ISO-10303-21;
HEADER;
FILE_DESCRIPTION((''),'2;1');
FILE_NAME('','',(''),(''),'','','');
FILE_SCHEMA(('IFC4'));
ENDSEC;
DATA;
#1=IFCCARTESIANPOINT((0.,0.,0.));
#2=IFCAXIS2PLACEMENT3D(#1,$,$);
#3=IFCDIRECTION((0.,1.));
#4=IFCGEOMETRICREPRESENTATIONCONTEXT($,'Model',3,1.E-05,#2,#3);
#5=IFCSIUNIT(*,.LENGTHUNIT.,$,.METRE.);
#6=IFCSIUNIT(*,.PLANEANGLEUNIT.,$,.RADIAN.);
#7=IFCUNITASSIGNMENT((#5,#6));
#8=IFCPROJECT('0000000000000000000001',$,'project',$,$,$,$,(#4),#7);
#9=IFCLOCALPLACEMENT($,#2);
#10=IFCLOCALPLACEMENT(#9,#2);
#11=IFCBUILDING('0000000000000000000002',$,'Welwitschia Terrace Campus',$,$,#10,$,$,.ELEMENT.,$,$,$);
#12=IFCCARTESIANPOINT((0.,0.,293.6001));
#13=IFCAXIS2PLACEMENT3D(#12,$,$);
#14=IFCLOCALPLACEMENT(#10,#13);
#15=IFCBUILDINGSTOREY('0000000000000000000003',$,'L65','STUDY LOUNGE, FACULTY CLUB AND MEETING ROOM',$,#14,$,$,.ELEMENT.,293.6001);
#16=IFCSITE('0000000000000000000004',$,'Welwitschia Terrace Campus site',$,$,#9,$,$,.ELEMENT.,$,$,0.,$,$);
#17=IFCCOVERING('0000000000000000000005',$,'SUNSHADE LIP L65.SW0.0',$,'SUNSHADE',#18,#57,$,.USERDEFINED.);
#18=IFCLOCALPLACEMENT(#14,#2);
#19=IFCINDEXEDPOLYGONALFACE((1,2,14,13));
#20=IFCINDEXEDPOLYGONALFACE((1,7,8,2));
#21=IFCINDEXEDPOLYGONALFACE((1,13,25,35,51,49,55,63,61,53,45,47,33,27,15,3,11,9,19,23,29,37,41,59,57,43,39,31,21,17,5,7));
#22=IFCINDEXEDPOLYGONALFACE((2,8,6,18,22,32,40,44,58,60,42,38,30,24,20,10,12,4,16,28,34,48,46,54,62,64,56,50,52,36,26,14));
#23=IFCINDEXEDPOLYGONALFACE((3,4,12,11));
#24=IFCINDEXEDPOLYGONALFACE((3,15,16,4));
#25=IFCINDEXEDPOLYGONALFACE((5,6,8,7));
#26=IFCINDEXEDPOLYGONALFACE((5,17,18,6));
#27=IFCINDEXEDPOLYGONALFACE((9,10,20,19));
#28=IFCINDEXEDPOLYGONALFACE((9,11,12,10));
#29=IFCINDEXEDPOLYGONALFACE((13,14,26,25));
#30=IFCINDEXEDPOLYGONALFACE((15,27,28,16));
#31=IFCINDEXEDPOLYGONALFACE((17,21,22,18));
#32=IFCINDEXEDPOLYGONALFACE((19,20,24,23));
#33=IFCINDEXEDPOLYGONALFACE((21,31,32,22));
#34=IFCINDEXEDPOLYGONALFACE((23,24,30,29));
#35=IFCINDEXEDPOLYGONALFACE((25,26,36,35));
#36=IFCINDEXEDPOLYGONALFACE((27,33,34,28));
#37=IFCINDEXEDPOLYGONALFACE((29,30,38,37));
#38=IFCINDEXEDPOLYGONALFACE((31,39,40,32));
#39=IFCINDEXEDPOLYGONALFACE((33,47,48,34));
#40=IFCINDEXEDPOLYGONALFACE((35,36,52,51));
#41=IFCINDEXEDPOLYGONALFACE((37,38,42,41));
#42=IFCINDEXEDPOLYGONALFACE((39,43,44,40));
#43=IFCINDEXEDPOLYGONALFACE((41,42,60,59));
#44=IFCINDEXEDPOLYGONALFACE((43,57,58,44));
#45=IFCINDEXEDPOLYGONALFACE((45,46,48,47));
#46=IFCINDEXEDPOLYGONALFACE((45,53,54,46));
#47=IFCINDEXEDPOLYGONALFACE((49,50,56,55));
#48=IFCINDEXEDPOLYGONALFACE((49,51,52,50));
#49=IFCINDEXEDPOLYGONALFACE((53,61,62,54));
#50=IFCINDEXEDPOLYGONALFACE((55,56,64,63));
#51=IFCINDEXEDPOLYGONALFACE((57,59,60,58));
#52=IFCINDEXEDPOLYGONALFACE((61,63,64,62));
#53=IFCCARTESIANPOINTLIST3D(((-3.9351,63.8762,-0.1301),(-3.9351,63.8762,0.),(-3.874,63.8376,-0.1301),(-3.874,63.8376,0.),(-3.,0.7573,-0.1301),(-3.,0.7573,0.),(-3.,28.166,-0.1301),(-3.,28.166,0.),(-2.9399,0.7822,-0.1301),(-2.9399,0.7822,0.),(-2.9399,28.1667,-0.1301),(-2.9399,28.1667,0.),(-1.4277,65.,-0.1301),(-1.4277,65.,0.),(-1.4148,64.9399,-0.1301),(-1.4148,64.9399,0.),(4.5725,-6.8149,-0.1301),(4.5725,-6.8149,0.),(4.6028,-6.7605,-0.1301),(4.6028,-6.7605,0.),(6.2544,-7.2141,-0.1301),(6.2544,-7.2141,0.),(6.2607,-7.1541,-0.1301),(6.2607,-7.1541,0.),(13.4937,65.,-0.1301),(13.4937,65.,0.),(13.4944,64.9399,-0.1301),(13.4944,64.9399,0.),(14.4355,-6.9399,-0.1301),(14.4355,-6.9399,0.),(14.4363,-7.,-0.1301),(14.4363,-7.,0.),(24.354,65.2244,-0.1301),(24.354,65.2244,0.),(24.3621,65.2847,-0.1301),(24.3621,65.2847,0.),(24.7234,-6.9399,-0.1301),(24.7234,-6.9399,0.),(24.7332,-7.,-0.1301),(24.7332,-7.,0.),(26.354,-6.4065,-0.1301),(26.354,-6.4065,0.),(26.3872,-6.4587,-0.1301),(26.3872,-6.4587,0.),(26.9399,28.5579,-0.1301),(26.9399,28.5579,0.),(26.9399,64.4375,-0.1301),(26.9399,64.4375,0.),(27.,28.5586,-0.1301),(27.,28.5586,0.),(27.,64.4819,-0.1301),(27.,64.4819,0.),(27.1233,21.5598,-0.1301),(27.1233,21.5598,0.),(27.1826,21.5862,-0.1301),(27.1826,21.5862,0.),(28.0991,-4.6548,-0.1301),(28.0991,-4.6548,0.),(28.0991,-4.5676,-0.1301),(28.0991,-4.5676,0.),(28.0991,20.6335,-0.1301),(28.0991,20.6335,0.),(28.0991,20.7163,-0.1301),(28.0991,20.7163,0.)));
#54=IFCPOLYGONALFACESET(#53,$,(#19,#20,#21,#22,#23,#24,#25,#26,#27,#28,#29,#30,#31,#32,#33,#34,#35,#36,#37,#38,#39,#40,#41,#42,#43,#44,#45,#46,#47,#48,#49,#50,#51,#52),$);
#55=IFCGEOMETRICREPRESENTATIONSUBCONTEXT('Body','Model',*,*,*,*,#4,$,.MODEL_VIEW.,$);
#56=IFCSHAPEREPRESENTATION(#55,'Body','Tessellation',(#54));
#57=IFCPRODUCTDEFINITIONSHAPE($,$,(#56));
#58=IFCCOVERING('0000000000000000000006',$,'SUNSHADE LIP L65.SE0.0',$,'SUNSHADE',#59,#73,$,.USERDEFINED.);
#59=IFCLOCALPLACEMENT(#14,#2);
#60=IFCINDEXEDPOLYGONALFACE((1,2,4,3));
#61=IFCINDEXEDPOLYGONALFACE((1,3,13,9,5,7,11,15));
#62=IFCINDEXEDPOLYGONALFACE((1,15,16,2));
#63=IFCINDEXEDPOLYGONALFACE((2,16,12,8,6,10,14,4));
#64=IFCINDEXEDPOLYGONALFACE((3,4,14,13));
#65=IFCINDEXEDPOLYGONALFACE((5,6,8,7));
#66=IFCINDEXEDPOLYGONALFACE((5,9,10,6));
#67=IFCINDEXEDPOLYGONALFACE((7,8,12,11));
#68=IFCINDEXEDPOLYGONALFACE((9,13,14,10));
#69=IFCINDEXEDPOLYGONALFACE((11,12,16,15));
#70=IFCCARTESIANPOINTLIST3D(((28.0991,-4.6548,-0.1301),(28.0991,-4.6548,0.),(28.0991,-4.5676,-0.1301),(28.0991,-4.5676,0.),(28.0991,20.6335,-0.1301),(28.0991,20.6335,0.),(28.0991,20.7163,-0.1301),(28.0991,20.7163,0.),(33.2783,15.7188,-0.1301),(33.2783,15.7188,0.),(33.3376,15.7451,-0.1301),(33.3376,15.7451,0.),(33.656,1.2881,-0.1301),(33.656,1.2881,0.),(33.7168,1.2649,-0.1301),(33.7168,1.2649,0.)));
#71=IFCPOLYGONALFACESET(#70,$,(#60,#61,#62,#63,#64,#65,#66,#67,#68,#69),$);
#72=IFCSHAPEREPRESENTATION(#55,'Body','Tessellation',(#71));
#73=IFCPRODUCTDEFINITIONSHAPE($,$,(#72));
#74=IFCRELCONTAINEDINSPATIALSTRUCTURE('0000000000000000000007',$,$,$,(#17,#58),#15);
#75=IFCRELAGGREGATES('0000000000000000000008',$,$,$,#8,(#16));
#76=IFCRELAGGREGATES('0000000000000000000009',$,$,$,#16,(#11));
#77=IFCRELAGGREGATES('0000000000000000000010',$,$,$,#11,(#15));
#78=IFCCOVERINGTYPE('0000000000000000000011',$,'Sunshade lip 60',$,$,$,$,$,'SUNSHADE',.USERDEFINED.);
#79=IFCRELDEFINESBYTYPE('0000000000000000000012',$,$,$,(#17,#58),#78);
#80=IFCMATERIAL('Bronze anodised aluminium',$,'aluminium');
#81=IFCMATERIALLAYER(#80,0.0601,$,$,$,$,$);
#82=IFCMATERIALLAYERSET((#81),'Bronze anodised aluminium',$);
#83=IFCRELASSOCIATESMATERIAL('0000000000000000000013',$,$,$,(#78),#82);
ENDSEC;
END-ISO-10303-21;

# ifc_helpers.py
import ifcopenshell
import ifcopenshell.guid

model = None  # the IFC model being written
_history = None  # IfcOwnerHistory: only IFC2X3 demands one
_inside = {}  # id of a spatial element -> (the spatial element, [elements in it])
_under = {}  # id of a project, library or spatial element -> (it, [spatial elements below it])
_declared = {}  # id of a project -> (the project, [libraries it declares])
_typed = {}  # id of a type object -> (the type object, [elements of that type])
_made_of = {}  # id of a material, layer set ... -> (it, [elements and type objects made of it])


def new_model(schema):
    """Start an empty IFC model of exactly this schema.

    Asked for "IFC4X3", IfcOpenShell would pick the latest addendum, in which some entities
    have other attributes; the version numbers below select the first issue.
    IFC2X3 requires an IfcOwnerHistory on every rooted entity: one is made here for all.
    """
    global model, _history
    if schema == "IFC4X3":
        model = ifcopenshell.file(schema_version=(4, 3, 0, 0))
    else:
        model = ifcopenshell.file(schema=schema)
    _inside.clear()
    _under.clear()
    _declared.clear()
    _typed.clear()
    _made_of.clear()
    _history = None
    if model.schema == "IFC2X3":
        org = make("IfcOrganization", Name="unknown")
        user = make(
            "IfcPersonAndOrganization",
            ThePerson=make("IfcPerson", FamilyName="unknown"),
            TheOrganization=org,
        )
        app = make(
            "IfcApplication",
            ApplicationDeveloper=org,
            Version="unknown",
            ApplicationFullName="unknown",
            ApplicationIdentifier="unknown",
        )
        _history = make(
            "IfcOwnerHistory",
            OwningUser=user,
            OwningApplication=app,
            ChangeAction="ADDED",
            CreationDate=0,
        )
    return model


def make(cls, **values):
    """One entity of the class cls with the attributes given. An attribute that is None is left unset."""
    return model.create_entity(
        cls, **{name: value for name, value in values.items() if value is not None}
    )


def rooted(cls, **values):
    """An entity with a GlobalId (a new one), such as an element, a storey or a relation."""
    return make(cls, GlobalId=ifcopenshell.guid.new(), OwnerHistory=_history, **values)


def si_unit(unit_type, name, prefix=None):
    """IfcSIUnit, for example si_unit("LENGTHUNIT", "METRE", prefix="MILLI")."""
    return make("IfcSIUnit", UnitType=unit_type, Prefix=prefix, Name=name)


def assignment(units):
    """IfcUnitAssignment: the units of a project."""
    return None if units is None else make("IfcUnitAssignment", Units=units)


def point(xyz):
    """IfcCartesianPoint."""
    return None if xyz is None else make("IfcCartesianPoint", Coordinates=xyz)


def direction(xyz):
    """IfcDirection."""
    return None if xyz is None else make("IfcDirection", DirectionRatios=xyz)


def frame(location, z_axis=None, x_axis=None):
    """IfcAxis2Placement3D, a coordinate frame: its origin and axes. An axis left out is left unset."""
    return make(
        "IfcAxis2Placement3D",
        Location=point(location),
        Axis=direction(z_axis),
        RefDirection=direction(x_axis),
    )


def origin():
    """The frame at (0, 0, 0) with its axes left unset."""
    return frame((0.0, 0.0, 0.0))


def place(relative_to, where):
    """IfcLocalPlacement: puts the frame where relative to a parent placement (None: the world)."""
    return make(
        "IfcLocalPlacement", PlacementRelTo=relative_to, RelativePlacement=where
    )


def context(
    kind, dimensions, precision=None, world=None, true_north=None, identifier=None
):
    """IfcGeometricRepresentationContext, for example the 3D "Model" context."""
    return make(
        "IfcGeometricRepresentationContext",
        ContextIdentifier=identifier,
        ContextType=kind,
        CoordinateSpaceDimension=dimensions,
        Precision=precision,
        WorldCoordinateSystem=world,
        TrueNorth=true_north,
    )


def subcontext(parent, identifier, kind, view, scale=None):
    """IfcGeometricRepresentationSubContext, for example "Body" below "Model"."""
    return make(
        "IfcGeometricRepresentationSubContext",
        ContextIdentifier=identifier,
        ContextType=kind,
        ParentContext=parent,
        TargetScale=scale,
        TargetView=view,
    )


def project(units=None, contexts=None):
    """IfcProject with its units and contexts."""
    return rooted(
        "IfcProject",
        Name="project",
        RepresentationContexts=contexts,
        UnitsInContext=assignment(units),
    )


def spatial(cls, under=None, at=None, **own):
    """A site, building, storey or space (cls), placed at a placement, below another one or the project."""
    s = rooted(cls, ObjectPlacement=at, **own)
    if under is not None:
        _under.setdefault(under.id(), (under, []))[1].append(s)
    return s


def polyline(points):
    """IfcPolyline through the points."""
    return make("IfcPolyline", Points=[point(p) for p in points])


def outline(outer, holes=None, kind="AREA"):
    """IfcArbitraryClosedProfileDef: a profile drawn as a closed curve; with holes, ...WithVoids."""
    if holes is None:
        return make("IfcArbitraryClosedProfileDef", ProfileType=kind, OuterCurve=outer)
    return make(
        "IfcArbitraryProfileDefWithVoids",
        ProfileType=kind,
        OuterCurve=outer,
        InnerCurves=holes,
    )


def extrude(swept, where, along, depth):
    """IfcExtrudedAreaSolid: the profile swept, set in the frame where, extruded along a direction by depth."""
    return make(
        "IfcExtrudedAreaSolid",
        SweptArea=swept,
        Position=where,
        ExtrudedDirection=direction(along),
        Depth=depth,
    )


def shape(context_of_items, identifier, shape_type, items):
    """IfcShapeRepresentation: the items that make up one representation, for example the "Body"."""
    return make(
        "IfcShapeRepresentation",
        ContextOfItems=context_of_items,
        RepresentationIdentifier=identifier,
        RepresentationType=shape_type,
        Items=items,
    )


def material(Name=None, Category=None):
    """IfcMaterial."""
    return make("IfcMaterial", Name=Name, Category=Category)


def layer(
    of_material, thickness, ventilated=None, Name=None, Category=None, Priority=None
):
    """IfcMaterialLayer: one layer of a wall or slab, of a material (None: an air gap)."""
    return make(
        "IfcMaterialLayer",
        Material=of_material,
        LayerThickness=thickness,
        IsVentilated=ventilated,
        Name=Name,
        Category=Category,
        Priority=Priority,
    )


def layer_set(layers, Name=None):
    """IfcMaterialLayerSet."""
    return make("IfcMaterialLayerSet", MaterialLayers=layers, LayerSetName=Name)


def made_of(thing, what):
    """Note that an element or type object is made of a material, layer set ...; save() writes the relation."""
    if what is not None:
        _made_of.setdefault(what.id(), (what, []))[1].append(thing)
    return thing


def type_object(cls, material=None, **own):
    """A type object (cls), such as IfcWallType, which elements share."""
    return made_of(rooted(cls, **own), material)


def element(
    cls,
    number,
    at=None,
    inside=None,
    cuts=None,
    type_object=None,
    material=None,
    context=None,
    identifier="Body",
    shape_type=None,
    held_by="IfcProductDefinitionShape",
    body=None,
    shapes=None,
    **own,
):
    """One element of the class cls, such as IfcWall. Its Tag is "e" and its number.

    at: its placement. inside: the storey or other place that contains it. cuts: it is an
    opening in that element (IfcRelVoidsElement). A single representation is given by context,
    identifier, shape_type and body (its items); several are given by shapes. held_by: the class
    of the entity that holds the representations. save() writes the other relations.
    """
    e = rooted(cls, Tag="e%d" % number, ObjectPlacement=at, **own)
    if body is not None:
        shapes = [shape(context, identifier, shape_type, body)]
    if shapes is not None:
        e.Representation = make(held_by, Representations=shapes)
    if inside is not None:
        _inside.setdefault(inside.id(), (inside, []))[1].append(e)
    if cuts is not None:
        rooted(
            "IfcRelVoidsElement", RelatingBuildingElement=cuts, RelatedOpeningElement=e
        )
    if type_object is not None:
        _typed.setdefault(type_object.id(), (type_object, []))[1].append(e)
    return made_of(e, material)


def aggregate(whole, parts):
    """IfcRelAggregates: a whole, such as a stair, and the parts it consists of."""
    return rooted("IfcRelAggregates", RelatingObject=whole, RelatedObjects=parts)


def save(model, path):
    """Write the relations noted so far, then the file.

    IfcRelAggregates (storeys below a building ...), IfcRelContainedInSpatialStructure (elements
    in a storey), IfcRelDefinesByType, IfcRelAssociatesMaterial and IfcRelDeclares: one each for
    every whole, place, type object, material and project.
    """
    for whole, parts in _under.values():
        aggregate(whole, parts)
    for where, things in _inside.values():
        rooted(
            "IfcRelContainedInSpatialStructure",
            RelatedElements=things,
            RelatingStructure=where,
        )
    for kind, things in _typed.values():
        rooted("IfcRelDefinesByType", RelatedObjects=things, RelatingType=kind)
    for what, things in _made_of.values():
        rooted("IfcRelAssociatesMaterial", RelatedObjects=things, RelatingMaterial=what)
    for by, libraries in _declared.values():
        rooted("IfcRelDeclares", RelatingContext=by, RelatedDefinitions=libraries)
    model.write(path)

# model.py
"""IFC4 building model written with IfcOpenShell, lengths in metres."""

from ifc_helpers import new_model, si_unit, direction, frame, origin, place, context, subcontext, project, spatial, polyline, outline, extrude, material, layer, layer_set, type_object, element, save


model = new_model("IFC4")

# Units and contexts
model_context = context("Model", 3, precision=1e-05, world=origin(), true_north=direction((0.0, 1.0)))
body_context = subcontext(model_context, "Body", "Model", "MODEL_VIEW")
ifc_project = project(units=[si_unit("LENGTHUNIT", "METRE"), si_unit("PLANEANGLEUNIT", "RADIAN")], contexts=[model_context])

# Site, building, storey
site_placement = place(None, origin())
site = spatial("IfcSite", under=ifc_project, at=site_placement, Name="Welwitschia Terrace Campus site", CompositionType="ELEMENT", RefElevation=0.0)
building_placement = place(site_placement, origin())
building = spatial("IfcBuilding", under=site, at=building_placement, Name="Welwitschia Terrace Campus", CompositionType="ELEMENT")
storey_placement = place(building_placement, frame((0.0, 0.0, 293.6001)))
storey = spatial("IfcBuildingStorey", under=building, at=storey_placement, Name="L65", Description="STUDY LOUNGE, FACULTY CLUB AND MEETING ROOM", CompositionType="ELEMENT", Elevation=293.6001)

# Coverings
ifc_material_1 = material(Name="Bronze anodised aluminium", Category="aluminium")
ifc_layer_1 = layer(ifc_material_1, 0.0601)
ifc_layer_set_1 = layer_set([ifc_layer_1], Name="Bronze anodised aluminium")
covering_type_1 = type_object("IfcCoveringType", Name="Sunshade lip 60", ElementType="SUNSHADE", PredefinedType="USERDEFINED", material=ifc_layer_set_1)
covering_1_placement = place(storey_placement, frame((0.0, 0.0, -0.1301)))
element("IfcCovering", 1, at=covering_1_placement, inside=storey, type_object=covering_type_1, Name="SUNSHADE LIP L65.SW0.0", ObjectType="SUNSHADE", PredefinedType="USERDEFINED", context=body_context, shape_type="SweptSolid", body=[
    extrude(outline(polyline([(27.0, 64.4819), (27.0, 28.5586), (27.1826, 21.5862), (28.0991, 20.7163), (28.0991, 20.6335), (27.1233, 21.5598), (26.9399, 28.5579), (26.9399, 64.4375), (24.354, 65.2244), (13.4944, 64.9399), (-1.4148, 64.9399), (-3.874, 63.8376), (-2.9399, 28.1667), (-2.9399, 0.7822), (4.6028, -6.7605), (6.2607, -7.1541), (14.4355, -6.9399), (24.7234, -6.9399), (26.354, -6.4065), (28.0991, -4.5676), (28.0991, -4.6548), (26.3872, -6.4587), (24.7332, -7.0), (14.4363, -7.0), (6.2544, -7.2141), (4.5725, -6.8149), (-3.0, 0.7573), (-3.0, 28.166), (-3.9351, 63.8762), (-1.4277, 65.0), (13.4937, 65.0), (24.3621, 65.2847), (27.0, 64.4819)])), origin(), (0.0, 0.0, 1.0), 0.1301),
])
covering_2_placement = place(storey_placement, frame((0.0, 0.0, -0.1301)))
element("IfcCovering", 2, at=covering_2_placement, inside=storey, type_object=covering_type_1, Name="SUNSHADE LIP L65.SE0.0", ObjectType="SUNSHADE", PredefinedType="USERDEFINED", context=body_context, shape_type="SweptSolid", body=[
    extrude(outline(polyline([(33.7168, 1.2649), (28.0991, -4.6548), (28.0991, -4.5676), (33.656, 1.2881), (33.2783, 15.7188), (28.0991, 20.6335), (28.0991, 20.7163), (33.3376, 15.7451), (33.7168, 1.2649)])), origin(), (0.0, 0.0, 1.0), 0.1301),
])

save(model, "model.ifc")
